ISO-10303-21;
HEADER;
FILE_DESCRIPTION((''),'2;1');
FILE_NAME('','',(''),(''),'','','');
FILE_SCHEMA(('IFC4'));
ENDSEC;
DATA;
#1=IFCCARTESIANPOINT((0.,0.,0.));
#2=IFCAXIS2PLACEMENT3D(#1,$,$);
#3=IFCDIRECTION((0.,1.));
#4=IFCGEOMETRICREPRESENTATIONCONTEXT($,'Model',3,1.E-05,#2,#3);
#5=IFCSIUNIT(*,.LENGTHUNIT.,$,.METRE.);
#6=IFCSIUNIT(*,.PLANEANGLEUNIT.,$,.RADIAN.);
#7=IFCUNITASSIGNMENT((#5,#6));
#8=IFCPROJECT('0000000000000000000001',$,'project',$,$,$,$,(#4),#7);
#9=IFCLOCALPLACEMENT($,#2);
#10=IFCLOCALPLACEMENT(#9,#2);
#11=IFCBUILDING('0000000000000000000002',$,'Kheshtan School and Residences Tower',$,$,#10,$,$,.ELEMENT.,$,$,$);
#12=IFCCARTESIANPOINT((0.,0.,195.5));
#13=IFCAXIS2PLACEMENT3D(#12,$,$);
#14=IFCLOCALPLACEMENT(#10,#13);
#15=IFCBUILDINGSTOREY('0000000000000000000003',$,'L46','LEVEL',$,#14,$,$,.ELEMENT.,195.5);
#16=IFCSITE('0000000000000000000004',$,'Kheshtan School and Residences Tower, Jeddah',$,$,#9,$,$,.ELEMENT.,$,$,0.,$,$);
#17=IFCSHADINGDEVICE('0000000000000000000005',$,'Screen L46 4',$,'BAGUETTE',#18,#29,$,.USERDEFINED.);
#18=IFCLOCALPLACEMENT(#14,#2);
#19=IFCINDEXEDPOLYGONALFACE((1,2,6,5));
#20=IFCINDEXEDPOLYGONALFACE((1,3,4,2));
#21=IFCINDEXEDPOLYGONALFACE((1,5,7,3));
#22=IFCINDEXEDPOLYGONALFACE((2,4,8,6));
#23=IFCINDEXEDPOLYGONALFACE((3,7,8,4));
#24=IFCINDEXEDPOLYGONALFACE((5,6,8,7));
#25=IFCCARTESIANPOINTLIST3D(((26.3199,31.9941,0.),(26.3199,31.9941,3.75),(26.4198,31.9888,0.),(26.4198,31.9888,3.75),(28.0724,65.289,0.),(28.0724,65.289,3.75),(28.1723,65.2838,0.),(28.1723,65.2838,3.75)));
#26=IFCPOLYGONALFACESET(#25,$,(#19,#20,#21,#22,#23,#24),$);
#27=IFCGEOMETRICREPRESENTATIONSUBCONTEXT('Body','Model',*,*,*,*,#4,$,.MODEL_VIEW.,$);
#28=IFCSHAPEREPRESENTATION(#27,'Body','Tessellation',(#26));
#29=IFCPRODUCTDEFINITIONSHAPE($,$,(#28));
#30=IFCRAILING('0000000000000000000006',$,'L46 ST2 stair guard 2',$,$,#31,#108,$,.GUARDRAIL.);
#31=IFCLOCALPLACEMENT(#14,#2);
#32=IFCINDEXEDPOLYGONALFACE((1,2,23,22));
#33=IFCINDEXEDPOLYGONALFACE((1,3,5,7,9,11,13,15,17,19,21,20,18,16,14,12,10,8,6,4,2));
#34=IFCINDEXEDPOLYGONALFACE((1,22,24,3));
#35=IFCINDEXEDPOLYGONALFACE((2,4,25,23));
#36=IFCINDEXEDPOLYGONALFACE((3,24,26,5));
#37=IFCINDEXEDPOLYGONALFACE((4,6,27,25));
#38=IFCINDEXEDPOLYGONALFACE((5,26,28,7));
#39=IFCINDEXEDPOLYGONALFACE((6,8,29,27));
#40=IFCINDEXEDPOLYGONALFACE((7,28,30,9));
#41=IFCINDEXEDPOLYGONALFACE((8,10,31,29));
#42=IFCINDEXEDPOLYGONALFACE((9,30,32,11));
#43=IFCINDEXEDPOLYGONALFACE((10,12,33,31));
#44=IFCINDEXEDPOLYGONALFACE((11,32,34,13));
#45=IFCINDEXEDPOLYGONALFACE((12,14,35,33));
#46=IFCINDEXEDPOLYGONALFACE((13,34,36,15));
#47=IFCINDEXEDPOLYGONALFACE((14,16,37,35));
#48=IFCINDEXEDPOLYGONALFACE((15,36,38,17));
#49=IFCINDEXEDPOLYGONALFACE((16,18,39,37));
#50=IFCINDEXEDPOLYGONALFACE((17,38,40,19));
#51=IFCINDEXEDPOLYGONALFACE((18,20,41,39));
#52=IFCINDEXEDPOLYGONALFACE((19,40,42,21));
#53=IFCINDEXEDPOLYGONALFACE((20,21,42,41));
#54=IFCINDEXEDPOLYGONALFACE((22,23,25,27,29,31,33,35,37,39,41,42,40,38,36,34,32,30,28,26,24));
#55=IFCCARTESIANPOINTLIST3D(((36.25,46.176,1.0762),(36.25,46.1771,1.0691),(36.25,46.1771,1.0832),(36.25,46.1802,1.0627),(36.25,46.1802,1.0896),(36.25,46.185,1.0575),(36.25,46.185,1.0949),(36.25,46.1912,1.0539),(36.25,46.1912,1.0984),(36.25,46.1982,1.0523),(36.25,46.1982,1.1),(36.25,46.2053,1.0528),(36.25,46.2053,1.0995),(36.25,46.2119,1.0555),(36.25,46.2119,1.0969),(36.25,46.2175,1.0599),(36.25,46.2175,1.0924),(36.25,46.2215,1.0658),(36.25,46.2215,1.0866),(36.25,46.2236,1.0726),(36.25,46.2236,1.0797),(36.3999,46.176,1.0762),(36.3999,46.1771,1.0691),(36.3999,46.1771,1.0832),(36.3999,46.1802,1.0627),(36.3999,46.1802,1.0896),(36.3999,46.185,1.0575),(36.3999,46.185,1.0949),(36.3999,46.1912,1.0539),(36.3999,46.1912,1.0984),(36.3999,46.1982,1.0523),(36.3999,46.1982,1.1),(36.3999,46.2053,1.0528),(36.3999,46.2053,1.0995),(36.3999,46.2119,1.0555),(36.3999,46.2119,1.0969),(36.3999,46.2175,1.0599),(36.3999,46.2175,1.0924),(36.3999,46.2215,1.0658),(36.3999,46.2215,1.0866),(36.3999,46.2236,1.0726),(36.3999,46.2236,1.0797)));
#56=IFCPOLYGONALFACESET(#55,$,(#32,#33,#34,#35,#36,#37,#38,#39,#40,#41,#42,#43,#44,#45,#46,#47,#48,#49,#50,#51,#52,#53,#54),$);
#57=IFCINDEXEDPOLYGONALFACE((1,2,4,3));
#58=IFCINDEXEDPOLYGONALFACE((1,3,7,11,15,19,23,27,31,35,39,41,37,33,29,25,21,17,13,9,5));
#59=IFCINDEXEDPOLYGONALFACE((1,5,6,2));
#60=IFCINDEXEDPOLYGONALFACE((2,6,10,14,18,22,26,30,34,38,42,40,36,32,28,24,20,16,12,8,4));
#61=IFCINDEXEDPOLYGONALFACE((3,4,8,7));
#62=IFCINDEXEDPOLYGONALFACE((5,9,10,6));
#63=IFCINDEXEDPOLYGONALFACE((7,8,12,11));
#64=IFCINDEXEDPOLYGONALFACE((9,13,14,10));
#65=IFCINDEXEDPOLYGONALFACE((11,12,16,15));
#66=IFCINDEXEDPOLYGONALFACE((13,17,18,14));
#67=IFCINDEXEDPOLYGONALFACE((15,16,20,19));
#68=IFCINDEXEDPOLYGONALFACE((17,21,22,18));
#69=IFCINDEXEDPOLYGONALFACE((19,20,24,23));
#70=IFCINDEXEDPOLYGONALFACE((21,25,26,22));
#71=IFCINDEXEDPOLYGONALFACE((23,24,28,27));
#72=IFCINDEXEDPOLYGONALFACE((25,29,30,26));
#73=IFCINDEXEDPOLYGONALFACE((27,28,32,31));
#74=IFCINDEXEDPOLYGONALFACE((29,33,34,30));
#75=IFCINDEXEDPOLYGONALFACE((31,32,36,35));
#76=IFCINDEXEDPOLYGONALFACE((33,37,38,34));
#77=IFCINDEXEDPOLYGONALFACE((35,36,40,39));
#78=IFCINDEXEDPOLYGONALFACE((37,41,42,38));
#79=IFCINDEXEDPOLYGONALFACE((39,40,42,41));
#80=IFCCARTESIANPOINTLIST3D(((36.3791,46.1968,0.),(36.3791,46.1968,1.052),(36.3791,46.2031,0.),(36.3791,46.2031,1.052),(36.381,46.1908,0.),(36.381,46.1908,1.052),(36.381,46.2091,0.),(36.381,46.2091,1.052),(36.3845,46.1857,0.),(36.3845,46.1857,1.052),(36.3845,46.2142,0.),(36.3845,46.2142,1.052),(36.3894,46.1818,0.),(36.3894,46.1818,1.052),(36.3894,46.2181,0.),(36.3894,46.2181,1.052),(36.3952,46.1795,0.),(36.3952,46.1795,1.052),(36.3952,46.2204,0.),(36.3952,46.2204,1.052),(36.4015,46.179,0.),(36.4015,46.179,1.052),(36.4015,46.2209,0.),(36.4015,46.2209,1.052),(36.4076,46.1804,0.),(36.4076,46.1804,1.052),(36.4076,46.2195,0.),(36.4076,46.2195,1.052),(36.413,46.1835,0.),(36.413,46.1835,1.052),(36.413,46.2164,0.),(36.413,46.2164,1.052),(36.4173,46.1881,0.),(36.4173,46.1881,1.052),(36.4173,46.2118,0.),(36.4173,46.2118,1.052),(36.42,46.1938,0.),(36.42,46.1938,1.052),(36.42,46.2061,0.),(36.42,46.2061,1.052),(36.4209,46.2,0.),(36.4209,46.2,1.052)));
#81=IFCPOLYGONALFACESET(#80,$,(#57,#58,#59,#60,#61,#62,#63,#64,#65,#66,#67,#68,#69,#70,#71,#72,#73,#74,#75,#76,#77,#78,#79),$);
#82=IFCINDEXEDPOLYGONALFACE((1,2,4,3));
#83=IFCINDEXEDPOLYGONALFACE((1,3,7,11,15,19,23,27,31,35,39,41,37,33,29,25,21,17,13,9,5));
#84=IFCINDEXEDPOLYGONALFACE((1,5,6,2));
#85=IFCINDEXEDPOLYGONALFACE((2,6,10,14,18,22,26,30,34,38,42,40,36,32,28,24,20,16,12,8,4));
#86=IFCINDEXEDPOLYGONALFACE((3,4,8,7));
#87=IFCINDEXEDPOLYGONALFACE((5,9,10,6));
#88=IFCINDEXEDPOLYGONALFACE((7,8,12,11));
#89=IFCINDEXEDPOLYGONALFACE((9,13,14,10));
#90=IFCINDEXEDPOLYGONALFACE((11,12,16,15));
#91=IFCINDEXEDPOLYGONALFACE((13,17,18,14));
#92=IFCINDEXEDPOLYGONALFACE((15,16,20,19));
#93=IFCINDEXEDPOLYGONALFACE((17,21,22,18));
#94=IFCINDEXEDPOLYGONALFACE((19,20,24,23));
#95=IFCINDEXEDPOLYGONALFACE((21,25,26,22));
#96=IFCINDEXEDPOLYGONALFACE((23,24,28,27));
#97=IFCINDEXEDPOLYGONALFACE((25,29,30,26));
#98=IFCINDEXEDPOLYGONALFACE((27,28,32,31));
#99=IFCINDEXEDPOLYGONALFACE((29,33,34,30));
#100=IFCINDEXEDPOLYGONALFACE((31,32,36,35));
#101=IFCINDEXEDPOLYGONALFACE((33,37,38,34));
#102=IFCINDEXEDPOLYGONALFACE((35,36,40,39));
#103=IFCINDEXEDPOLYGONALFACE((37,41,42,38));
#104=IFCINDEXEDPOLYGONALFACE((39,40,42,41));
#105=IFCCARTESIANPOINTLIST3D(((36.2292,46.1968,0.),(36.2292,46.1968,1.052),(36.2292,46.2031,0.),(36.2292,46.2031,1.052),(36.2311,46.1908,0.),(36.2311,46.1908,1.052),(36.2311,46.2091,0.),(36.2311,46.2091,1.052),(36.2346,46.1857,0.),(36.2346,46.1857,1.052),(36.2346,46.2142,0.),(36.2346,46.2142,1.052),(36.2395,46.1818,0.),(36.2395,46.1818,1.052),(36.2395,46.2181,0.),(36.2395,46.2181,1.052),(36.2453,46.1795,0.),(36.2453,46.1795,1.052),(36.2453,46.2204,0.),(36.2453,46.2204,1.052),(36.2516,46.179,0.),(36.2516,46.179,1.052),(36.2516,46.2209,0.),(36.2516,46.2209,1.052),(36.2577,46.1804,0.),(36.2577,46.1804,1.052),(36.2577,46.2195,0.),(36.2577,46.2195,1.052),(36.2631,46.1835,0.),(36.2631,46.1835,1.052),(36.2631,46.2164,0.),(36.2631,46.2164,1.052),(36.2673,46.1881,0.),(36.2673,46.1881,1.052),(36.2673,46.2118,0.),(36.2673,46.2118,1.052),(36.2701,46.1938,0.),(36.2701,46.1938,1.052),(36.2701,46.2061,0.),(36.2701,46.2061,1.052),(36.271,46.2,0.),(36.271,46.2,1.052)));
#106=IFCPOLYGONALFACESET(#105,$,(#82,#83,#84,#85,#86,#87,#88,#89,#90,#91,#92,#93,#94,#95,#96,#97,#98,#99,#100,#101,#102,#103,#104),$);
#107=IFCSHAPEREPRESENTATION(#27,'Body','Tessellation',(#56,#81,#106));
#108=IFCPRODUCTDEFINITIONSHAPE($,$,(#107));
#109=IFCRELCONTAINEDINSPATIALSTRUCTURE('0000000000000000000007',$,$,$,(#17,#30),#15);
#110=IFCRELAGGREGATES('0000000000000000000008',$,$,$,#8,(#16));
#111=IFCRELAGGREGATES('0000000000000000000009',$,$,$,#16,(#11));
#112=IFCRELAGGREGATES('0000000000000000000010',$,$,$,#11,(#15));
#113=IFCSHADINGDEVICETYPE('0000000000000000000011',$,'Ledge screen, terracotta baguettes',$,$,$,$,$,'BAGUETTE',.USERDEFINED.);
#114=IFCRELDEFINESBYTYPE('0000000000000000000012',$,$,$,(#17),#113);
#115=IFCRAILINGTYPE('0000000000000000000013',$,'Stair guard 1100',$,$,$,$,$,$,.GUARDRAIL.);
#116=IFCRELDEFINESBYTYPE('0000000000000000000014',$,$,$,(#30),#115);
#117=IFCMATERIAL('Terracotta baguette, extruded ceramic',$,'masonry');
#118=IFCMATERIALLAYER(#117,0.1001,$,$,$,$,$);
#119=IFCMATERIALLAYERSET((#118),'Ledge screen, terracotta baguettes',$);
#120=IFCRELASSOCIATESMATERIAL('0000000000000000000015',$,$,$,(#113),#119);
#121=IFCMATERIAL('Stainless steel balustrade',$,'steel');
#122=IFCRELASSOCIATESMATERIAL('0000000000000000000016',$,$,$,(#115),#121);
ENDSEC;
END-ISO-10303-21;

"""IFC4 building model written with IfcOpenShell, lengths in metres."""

from ifc_helpers import new_model, si_unit, direction, frame, origin, origin_2d, place, context, subcontext, project, spatial, rectangle, circle, extrude, material, layer, layer_set, type_object, element, save


model = new_model("IFC4")

# Units and contexts
model_context = context("Model", 3, precision=1e-05, world=origin(), true_north=direction((0.0, 1.0)))
body_context = subcontext(model_context, "Body", "Model", "MODEL_VIEW")
ifc_project = project(units=[si_unit("LENGTHUNIT", "METRE"), si_unit("PLANEANGLEUNIT", "RADIAN")], contexts=[model_context])

# Site, building, storey
site_placement = place(None, origin())
site = spatial("IfcSite", under=ifc_project, at=site_placement, Name="Kheshtan School and Residences Tower, Jeddah", CompositionType="ELEMENT", RefElevation=0.0)
building_placement = place(site_placement, origin())
building = spatial("IfcBuilding", under=site, at=building_placement, Name="Kheshtan School and Residences Tower", CompositionType="ELEMENT")
storey_placement = place(building_placement, frame((0.0, 0.0, 195.5)))
storey = spatial("IfcBuildingStorey", under=building, at=storey_placement, Name="L46", Description="LEVEL", CompositionType="ELEMENT", Elevation=195.5)

# Shading device
ifc_material_1 = material(Name="Terracotta baguette, extruded ceramic", Category="masonry")
ifc_layer_1 = layer(ifc_material_1, 0.1001)
ifc_layer_set_1 = layer_set([ifc_layer_1], Name="Ledge screen, terracotta baguettes")
shading_device_type = type_object("IfcShadingDeviceType", Name="Ledge screen, terracotta baguettes", ElementType="BAGUETTE", PredefinedType="USERDEFINED", material=ifc_layer_set_1)
shading_device_placement = place(storey_placement, frame((27.2461, 48.6389, 0.0), z_axis=(0.0, 0.0, 1.0), x_axis=(0.052563, 0.998618, 0.0)))
element("IfcShadingDevice", 1, at=shading_device_placement, inside=storey, type_object=shading_device_type, Name="Screen L46 4", ObjectType="BAGUETTE", PredefinedType="USERDEFINED", context=body_context, shape_type="SweptSolid", body=[
    extrude(rectangle(XDim=33.3411, YDim=0.1001, at=origin_2d()), origin(), (0.0, 0.0, 1.0), 3.75),
])

# Railing
ifc_material_2 = material(Name="Stainless steel balustrade", Category="steel")
railing_type_1 = type_object("IfcRailingType", Name="Stair guard 1100", PredefinedType="GUARDRAIL", material=ifc_material_2)
railing_1_placement = place(storey_placement, frame((36.3999, 46.2, 0.0)))
element("IfcRailing", 2, at=railing_1_placement, inside=storey, type_object=railing_type_1, Name="L46 ST2 stair guard 2", PredefinedType="GUARDRAIL", context=body_context, shape_type="SweptSolid", body=[
    extrude(circle(Radius=0.0239, at=origin_2d()), frame((0.0, 0.0, 1.0762), z_axis=(-1.0, 0.0, 0.0), x_axis=(0.0, -1.0, 0.0)), (0.0, 0.0, 1.0), 0.1499),
    extrude(circle(Radius=0.021, at=origin_2d()), origin(), (0.0, 0.0, 1.0), 1.052),
    extrude(circle(Radius=0.021, at=origin_2d()), frame((-0.1499, 0.0, 0.0)), (0.0, 0.0, 1.0), 1.052),
])

save(model, "model.ifc")
